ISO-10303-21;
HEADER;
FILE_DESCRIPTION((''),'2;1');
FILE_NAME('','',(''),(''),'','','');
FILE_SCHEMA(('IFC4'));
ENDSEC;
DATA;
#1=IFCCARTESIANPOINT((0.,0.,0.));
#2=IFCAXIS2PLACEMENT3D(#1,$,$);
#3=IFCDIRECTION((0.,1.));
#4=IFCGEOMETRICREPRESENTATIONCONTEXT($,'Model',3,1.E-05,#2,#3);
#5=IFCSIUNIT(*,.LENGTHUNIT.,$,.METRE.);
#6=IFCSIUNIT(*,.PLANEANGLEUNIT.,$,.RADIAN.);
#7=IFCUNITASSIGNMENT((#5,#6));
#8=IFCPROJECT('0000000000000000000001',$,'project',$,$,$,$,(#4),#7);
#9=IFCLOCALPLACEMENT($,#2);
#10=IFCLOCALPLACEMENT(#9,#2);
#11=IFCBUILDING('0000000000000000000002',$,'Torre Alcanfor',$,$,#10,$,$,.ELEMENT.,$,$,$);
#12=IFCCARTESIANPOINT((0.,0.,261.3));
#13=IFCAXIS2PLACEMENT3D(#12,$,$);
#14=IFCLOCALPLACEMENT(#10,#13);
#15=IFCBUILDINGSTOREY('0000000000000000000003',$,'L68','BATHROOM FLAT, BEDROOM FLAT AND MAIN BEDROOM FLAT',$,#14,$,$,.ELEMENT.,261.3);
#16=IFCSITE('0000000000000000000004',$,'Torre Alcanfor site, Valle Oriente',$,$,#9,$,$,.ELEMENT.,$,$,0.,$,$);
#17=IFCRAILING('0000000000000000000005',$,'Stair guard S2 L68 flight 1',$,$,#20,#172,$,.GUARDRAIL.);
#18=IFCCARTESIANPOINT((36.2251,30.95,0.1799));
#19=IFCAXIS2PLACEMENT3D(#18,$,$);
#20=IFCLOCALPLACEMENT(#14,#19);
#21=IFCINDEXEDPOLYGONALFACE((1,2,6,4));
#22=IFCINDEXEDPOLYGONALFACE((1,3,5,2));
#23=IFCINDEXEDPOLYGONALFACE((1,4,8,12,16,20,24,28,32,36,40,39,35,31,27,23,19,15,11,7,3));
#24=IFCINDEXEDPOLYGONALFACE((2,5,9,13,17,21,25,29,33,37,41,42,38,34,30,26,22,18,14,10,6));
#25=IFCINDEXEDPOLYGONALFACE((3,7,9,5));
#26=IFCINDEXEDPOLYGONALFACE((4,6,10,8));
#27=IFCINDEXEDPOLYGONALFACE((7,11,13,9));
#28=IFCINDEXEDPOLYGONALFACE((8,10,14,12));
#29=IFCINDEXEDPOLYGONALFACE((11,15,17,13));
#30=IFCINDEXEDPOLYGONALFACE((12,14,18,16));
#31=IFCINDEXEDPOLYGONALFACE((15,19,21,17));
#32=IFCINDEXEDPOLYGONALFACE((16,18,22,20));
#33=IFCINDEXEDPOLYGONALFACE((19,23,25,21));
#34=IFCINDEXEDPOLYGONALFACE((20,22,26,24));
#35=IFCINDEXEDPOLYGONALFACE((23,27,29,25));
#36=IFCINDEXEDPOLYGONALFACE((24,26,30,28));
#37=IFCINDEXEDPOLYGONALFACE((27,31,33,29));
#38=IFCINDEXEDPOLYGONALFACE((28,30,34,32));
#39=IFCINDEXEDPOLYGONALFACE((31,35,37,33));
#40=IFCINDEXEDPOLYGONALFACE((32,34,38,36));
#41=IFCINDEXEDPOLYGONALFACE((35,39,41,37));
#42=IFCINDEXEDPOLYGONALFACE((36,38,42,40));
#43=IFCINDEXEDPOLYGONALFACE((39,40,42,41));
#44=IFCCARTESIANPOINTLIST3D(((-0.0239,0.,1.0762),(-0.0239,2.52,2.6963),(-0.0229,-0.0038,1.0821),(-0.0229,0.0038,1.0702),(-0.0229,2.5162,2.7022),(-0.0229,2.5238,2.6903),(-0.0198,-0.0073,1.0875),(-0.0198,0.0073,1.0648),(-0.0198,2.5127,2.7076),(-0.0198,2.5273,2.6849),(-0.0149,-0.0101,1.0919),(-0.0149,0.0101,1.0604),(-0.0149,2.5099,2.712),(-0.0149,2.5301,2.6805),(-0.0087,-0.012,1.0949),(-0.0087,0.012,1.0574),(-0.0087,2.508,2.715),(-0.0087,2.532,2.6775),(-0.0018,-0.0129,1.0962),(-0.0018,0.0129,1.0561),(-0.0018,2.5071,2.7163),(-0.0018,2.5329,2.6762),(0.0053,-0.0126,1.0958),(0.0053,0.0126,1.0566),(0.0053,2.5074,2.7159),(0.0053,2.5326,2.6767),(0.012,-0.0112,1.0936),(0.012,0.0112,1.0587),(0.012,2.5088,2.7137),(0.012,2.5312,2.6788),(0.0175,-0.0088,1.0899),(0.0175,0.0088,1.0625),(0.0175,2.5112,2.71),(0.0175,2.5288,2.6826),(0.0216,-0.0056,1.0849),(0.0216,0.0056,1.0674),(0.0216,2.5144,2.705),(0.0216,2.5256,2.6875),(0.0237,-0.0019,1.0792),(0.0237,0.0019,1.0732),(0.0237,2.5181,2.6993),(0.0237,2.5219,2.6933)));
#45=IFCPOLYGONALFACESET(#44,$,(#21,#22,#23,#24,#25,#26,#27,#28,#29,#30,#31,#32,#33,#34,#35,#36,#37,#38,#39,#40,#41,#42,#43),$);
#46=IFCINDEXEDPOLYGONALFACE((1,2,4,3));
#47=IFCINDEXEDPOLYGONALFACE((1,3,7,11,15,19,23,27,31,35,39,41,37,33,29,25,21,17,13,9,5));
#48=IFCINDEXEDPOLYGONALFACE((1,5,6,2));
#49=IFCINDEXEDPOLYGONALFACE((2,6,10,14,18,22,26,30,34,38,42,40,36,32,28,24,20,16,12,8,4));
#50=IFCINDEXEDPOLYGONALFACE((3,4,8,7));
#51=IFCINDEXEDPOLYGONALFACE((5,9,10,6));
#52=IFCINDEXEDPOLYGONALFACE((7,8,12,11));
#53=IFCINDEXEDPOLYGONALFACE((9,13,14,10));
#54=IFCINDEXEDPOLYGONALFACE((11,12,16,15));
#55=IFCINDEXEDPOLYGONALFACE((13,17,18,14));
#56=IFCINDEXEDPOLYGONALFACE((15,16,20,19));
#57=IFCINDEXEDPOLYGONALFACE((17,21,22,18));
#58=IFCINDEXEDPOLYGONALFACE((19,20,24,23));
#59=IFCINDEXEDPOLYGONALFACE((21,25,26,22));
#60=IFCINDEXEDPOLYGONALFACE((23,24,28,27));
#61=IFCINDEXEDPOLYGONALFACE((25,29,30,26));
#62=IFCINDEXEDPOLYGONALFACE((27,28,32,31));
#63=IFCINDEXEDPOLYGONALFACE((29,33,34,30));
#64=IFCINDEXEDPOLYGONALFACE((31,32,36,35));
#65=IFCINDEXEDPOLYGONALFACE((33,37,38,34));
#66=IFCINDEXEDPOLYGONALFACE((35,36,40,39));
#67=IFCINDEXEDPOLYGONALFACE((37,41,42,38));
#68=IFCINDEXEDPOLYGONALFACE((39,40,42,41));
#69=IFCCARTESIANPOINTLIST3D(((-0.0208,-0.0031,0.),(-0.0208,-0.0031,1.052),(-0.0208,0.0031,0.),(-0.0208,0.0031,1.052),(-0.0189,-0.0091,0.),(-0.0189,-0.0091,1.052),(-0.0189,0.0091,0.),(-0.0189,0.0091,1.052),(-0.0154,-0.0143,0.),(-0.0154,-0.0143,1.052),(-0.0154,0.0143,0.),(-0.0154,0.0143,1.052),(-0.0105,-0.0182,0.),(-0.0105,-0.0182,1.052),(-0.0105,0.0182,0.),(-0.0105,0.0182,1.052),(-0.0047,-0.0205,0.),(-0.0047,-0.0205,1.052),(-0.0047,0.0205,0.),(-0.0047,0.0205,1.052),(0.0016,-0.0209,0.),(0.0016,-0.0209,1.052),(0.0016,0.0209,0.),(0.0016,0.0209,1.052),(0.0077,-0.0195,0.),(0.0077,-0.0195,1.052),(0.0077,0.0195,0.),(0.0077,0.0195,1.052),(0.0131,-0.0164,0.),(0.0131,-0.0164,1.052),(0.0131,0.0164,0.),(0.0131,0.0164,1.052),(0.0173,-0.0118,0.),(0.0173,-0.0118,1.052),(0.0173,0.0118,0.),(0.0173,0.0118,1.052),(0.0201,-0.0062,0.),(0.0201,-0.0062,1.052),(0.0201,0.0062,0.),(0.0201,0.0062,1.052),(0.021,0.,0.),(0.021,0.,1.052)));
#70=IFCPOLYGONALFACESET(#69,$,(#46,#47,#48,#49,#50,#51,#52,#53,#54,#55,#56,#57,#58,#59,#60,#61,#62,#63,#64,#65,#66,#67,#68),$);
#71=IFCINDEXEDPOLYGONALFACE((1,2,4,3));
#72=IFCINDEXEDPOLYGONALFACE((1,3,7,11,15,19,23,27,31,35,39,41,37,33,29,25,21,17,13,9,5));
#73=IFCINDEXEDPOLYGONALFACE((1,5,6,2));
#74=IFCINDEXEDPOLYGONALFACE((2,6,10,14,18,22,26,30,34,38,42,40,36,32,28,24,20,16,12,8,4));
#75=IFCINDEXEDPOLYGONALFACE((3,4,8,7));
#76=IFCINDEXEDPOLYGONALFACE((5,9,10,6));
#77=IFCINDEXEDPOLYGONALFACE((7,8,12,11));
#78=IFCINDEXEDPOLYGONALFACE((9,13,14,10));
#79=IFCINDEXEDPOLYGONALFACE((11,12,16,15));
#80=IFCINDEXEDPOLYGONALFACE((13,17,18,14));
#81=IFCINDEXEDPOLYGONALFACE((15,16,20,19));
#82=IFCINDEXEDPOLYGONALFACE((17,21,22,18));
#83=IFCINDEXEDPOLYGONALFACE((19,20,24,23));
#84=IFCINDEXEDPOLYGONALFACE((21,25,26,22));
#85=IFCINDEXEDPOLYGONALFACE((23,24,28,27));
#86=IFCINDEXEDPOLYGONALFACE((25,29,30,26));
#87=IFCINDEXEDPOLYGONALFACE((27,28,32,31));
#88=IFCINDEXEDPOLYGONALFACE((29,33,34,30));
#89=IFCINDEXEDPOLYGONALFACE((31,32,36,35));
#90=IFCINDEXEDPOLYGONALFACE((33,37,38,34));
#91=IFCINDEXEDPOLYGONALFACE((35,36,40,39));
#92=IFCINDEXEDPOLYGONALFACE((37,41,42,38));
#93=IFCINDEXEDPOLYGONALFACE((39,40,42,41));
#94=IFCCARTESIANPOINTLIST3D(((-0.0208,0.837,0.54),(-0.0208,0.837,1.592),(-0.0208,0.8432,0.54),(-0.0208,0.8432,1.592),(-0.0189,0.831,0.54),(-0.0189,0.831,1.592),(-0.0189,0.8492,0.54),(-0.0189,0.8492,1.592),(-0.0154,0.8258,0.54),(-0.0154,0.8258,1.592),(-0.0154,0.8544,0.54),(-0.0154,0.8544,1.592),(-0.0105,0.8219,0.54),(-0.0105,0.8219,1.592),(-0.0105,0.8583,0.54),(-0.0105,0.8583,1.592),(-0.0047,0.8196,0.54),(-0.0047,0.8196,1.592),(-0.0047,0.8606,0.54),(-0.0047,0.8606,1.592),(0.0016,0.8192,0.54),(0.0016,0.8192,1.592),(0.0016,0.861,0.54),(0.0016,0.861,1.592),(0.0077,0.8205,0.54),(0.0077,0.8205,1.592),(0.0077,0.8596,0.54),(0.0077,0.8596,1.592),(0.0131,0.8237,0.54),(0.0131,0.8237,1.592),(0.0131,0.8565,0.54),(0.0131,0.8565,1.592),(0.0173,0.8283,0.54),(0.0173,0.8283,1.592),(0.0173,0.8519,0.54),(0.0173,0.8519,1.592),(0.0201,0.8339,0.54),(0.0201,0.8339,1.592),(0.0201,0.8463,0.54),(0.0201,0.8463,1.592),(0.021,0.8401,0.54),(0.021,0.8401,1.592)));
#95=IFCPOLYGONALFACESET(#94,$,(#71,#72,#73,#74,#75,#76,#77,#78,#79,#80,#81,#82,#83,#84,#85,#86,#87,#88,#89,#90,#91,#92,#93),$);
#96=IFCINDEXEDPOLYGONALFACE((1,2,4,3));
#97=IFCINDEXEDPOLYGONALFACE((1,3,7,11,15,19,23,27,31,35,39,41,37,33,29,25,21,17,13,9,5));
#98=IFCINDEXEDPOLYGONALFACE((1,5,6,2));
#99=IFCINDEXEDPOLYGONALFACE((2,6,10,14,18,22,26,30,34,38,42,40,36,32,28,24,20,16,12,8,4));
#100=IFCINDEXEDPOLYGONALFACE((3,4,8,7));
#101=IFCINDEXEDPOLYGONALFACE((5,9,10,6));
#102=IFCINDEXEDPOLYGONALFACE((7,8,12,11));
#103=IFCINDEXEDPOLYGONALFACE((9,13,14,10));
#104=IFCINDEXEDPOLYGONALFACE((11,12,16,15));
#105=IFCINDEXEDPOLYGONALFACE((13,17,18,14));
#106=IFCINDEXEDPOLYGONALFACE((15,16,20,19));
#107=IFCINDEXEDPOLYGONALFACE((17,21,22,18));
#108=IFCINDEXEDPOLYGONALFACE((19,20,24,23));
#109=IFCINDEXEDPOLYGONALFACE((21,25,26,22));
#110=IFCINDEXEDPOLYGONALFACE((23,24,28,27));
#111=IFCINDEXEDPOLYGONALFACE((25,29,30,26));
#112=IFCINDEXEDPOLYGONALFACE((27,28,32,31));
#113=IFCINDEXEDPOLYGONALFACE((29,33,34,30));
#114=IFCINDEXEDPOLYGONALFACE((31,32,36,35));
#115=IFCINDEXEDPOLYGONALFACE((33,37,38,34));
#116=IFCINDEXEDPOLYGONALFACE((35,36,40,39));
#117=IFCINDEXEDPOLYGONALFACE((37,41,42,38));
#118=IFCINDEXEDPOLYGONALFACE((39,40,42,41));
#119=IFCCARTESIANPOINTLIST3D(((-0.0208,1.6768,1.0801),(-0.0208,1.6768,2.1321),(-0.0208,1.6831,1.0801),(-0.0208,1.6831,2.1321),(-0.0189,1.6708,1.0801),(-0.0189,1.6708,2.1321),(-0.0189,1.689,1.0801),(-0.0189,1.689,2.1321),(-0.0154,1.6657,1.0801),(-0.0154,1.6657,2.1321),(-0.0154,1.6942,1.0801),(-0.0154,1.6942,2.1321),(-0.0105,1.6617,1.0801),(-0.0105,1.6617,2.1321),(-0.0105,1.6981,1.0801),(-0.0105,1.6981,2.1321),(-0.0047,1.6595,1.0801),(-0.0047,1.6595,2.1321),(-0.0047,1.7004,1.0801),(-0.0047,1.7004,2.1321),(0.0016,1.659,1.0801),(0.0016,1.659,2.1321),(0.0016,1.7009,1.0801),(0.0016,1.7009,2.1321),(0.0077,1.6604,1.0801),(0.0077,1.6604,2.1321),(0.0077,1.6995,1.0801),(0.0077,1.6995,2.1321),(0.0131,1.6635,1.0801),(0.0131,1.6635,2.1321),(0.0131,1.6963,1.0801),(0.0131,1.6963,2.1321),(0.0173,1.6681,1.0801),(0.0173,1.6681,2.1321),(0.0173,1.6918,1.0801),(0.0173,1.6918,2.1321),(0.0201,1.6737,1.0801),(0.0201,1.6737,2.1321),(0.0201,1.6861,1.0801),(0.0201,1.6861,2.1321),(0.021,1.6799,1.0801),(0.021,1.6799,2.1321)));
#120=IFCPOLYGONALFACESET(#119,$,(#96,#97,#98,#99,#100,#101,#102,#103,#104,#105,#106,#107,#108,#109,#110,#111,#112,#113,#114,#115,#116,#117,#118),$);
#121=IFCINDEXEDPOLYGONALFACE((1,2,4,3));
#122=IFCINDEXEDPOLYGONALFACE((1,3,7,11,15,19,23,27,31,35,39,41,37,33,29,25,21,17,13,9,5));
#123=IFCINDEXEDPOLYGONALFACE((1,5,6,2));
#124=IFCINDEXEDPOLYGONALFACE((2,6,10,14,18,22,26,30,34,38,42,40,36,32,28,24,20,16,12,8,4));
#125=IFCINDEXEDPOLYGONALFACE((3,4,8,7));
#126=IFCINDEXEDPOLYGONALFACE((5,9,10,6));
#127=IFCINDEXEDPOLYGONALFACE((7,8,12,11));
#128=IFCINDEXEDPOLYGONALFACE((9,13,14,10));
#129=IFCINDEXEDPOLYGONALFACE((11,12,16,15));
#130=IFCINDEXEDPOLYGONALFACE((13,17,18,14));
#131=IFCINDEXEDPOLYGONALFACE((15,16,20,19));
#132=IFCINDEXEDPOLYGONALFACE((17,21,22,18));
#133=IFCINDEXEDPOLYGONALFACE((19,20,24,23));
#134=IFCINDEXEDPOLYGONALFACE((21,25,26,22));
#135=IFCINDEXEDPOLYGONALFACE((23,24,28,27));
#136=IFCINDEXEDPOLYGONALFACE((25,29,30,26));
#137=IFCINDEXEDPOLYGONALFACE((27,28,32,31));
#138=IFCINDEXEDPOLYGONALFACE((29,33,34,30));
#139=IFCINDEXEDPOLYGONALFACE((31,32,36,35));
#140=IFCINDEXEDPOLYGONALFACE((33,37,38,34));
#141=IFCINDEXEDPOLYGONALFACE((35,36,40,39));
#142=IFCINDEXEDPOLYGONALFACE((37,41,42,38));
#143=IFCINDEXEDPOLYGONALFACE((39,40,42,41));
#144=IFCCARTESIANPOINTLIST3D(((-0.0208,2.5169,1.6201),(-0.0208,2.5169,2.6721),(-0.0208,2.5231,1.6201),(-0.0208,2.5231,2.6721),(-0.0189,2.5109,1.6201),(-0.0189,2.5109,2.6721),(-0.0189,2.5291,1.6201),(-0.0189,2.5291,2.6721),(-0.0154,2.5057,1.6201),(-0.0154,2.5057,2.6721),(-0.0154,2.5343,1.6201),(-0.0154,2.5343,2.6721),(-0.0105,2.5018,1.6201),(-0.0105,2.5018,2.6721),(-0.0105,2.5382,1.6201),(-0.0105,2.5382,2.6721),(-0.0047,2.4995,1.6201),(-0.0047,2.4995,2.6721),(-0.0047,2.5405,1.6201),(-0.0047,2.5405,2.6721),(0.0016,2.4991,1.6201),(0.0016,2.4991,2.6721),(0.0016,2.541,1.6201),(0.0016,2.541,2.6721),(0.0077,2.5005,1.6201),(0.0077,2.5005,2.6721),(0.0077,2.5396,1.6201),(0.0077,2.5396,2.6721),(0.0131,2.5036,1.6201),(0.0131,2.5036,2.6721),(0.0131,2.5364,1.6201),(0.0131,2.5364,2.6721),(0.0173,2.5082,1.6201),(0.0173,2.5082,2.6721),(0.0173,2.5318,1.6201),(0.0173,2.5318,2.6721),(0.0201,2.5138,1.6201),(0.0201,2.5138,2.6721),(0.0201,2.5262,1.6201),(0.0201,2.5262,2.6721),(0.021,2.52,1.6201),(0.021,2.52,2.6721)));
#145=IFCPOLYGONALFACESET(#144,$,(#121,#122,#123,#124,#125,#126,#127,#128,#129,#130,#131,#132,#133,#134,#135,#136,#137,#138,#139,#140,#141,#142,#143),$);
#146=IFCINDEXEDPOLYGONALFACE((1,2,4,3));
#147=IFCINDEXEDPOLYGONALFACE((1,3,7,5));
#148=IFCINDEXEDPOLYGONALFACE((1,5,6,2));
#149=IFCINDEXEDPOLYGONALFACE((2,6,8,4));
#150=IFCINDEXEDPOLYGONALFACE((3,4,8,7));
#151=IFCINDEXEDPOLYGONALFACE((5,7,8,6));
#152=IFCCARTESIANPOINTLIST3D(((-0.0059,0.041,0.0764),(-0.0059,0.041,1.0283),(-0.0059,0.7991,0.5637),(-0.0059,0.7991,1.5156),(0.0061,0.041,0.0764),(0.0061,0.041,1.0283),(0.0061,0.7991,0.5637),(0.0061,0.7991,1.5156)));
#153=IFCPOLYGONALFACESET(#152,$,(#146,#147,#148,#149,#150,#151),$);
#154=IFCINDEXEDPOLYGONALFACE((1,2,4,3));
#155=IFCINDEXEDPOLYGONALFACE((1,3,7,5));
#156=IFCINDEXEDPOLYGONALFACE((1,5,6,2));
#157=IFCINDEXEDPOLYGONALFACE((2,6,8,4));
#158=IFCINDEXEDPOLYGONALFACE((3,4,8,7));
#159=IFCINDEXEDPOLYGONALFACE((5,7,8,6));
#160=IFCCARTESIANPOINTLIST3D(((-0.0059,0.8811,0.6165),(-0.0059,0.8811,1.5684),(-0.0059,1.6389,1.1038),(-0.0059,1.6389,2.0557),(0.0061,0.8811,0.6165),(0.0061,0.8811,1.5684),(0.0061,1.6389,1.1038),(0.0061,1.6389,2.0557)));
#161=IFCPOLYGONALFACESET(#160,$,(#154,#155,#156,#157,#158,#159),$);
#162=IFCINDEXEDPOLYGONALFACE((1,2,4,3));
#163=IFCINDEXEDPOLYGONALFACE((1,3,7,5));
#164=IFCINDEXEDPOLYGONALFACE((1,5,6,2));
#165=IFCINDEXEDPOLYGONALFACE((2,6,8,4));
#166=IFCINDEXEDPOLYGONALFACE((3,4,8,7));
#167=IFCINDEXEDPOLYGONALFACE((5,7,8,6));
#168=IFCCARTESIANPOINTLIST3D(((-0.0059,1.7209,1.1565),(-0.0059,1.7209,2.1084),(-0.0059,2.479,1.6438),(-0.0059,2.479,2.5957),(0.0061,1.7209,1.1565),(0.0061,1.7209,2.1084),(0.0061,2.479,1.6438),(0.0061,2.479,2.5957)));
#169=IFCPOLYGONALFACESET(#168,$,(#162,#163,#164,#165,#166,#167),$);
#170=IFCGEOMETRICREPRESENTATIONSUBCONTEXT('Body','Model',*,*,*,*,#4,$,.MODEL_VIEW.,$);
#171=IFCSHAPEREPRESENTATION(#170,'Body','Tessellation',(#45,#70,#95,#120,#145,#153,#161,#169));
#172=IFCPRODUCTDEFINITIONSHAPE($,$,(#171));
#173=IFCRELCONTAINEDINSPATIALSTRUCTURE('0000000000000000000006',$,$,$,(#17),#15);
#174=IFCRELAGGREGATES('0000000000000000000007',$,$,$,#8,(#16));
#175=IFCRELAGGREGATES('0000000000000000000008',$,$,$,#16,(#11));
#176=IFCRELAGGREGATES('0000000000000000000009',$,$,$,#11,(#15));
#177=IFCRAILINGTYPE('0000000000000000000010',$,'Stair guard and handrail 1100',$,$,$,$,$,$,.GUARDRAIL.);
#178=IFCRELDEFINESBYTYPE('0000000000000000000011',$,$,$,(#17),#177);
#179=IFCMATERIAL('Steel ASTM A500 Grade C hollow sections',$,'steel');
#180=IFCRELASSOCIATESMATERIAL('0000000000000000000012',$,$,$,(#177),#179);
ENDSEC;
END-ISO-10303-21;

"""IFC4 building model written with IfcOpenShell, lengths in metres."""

from ifc_helpers import new_model, si_unit, direction, frame, origin, origin_2d, place, context, subcontext, project, spatial, polyline, circle, outline, extrude, material, type_object, element, save


model = new_model("IFC4")

# Units and contexts
model_context = context("Model", 3, precision=1e-05, world=origin(), true_north=direction((0.0, 1.0)))
body_context = subcontext(model_context, "Body", "Model", "MODEL_VIEW")
ifc_project = project(units=[si_unit("LENGTHUNIT", "METRE"), si_unit("PLANEANGLEUNIT", "RADIAN")], contexts=[model_context])

# Site, building, storey
site_placement = place(None, origin())
site = spatial("IfcSite", under=ifc_project, at=site_placement, Name="Torre Alcanfor site, Valle Oriente", CompositionType="ELEMENT", RefElevation=0.0)
building_placement = place(site_placement, origin())
building = spatial("IfcBuilding", under=site, at=building_placement, Name="Torre Alcanfor", CompositionType="ELEMENT")
storey_placement = place(building_placement, frame((0.0, 0.0, 261.3)))
storey = spatial("IfcBuildingStorey", under=building, at=storey_placement, Name="L68", Description="BATHROOM FLAT, BEDROOM FLAT AND MAIN BEDROOM FLAT", CompositionType="ELEMENT", Elevation=261.3)

# Railing
ifc_material_1 = material(Name="Steel ASTM A500 Grade C hollow sections", Category="steel")
railing_type_1 = type_object("IfcRailingType", Name="Stair guard and handrail 1100", PredefinedType="GUARDRAIL", material=ifc_material_1)
railing_1_placement = place(storey_placement, frame((36.2251, 30.95, 0.1799)))
element("IfcRailing", 1, at=railing_1_placement, inside=storey, type_object=railing_type_1, Name="Stair guard S2 L68 flight 1", PredefinedType="GUARDRAIL", context=body_context, shape_type="SweptSolid", body=[
    extrude(circle(Radius=0.0239, at=origin_2d()), frame((0.0, 0.0, 1.0762), z_axis=(0.0, 0.841163, 0.540782), x_axis=(-1.0, 0.0, 0.0)), (0.0, 0.0, 1.0), 2.9958),
    extrude(circle(Radius=0.021, at=origin_2d()), origin(), (0.0, 0.0, 1.0), 1.052),
    extrude(circle(Radius=0.021, at=origin_2d()), frame((0.0, 0.8401, 0.54)), (0.0, 0.0, 1.0), 1.052),
    extrude(circle(Radius=0.021, at=origin_2d()), frame((0.0, 1.6799, 1.0801)), (0.0, 0.0, 1.0), 1.052),
    extrude(circle(Radius=0.021, at=origin_2d()), frame((0.0, 2.52, 1.6201)), (0.0, 0.0, 1.0), 1.052),
    extrude(outline(polyline([(0.041, 0.0764), (0.7991, 0.5637), (0.7991, 1.5156), (0.041, 1.0283), (0.041, 0.0764)])), frame((-0.0059, 0.0, 0.0), z_axis=(1.0, 0.0, 0.0), x_axis=(0.0, 1.0, 0.0)), (0.0, 0.0, 1.0), 0.012),
    extrude(outline(polyline([(0.8811, 0.6165), (1.6389, 1.1038), (1.6389, 2.0557), (0.8811, 1.5684), (0.8811, 0.6165)])), frame((-0.0059, 0.0, 0.0), z_axis=(1.0, 0.0, 0.0), x_axis=(0.0, 1.0, 0.0)), (0.0, 0.0, 1.0), 0.012),
    extrude(outline(polyline([(1.7209, 1.1565), (2.479, 1.6438), (2.479, 2.5957), (1.7209, 2.1084), (1.7209, 1.1565)])), frame((-0.0059, 0.0, 0.0), z_axis=(1.0, 0.0, 0.0), x_axis=(0.0, 1.0, 0.0)), (0.0, 0.0, 1.0), 0.012),
])

save(model, "model.ifc")
